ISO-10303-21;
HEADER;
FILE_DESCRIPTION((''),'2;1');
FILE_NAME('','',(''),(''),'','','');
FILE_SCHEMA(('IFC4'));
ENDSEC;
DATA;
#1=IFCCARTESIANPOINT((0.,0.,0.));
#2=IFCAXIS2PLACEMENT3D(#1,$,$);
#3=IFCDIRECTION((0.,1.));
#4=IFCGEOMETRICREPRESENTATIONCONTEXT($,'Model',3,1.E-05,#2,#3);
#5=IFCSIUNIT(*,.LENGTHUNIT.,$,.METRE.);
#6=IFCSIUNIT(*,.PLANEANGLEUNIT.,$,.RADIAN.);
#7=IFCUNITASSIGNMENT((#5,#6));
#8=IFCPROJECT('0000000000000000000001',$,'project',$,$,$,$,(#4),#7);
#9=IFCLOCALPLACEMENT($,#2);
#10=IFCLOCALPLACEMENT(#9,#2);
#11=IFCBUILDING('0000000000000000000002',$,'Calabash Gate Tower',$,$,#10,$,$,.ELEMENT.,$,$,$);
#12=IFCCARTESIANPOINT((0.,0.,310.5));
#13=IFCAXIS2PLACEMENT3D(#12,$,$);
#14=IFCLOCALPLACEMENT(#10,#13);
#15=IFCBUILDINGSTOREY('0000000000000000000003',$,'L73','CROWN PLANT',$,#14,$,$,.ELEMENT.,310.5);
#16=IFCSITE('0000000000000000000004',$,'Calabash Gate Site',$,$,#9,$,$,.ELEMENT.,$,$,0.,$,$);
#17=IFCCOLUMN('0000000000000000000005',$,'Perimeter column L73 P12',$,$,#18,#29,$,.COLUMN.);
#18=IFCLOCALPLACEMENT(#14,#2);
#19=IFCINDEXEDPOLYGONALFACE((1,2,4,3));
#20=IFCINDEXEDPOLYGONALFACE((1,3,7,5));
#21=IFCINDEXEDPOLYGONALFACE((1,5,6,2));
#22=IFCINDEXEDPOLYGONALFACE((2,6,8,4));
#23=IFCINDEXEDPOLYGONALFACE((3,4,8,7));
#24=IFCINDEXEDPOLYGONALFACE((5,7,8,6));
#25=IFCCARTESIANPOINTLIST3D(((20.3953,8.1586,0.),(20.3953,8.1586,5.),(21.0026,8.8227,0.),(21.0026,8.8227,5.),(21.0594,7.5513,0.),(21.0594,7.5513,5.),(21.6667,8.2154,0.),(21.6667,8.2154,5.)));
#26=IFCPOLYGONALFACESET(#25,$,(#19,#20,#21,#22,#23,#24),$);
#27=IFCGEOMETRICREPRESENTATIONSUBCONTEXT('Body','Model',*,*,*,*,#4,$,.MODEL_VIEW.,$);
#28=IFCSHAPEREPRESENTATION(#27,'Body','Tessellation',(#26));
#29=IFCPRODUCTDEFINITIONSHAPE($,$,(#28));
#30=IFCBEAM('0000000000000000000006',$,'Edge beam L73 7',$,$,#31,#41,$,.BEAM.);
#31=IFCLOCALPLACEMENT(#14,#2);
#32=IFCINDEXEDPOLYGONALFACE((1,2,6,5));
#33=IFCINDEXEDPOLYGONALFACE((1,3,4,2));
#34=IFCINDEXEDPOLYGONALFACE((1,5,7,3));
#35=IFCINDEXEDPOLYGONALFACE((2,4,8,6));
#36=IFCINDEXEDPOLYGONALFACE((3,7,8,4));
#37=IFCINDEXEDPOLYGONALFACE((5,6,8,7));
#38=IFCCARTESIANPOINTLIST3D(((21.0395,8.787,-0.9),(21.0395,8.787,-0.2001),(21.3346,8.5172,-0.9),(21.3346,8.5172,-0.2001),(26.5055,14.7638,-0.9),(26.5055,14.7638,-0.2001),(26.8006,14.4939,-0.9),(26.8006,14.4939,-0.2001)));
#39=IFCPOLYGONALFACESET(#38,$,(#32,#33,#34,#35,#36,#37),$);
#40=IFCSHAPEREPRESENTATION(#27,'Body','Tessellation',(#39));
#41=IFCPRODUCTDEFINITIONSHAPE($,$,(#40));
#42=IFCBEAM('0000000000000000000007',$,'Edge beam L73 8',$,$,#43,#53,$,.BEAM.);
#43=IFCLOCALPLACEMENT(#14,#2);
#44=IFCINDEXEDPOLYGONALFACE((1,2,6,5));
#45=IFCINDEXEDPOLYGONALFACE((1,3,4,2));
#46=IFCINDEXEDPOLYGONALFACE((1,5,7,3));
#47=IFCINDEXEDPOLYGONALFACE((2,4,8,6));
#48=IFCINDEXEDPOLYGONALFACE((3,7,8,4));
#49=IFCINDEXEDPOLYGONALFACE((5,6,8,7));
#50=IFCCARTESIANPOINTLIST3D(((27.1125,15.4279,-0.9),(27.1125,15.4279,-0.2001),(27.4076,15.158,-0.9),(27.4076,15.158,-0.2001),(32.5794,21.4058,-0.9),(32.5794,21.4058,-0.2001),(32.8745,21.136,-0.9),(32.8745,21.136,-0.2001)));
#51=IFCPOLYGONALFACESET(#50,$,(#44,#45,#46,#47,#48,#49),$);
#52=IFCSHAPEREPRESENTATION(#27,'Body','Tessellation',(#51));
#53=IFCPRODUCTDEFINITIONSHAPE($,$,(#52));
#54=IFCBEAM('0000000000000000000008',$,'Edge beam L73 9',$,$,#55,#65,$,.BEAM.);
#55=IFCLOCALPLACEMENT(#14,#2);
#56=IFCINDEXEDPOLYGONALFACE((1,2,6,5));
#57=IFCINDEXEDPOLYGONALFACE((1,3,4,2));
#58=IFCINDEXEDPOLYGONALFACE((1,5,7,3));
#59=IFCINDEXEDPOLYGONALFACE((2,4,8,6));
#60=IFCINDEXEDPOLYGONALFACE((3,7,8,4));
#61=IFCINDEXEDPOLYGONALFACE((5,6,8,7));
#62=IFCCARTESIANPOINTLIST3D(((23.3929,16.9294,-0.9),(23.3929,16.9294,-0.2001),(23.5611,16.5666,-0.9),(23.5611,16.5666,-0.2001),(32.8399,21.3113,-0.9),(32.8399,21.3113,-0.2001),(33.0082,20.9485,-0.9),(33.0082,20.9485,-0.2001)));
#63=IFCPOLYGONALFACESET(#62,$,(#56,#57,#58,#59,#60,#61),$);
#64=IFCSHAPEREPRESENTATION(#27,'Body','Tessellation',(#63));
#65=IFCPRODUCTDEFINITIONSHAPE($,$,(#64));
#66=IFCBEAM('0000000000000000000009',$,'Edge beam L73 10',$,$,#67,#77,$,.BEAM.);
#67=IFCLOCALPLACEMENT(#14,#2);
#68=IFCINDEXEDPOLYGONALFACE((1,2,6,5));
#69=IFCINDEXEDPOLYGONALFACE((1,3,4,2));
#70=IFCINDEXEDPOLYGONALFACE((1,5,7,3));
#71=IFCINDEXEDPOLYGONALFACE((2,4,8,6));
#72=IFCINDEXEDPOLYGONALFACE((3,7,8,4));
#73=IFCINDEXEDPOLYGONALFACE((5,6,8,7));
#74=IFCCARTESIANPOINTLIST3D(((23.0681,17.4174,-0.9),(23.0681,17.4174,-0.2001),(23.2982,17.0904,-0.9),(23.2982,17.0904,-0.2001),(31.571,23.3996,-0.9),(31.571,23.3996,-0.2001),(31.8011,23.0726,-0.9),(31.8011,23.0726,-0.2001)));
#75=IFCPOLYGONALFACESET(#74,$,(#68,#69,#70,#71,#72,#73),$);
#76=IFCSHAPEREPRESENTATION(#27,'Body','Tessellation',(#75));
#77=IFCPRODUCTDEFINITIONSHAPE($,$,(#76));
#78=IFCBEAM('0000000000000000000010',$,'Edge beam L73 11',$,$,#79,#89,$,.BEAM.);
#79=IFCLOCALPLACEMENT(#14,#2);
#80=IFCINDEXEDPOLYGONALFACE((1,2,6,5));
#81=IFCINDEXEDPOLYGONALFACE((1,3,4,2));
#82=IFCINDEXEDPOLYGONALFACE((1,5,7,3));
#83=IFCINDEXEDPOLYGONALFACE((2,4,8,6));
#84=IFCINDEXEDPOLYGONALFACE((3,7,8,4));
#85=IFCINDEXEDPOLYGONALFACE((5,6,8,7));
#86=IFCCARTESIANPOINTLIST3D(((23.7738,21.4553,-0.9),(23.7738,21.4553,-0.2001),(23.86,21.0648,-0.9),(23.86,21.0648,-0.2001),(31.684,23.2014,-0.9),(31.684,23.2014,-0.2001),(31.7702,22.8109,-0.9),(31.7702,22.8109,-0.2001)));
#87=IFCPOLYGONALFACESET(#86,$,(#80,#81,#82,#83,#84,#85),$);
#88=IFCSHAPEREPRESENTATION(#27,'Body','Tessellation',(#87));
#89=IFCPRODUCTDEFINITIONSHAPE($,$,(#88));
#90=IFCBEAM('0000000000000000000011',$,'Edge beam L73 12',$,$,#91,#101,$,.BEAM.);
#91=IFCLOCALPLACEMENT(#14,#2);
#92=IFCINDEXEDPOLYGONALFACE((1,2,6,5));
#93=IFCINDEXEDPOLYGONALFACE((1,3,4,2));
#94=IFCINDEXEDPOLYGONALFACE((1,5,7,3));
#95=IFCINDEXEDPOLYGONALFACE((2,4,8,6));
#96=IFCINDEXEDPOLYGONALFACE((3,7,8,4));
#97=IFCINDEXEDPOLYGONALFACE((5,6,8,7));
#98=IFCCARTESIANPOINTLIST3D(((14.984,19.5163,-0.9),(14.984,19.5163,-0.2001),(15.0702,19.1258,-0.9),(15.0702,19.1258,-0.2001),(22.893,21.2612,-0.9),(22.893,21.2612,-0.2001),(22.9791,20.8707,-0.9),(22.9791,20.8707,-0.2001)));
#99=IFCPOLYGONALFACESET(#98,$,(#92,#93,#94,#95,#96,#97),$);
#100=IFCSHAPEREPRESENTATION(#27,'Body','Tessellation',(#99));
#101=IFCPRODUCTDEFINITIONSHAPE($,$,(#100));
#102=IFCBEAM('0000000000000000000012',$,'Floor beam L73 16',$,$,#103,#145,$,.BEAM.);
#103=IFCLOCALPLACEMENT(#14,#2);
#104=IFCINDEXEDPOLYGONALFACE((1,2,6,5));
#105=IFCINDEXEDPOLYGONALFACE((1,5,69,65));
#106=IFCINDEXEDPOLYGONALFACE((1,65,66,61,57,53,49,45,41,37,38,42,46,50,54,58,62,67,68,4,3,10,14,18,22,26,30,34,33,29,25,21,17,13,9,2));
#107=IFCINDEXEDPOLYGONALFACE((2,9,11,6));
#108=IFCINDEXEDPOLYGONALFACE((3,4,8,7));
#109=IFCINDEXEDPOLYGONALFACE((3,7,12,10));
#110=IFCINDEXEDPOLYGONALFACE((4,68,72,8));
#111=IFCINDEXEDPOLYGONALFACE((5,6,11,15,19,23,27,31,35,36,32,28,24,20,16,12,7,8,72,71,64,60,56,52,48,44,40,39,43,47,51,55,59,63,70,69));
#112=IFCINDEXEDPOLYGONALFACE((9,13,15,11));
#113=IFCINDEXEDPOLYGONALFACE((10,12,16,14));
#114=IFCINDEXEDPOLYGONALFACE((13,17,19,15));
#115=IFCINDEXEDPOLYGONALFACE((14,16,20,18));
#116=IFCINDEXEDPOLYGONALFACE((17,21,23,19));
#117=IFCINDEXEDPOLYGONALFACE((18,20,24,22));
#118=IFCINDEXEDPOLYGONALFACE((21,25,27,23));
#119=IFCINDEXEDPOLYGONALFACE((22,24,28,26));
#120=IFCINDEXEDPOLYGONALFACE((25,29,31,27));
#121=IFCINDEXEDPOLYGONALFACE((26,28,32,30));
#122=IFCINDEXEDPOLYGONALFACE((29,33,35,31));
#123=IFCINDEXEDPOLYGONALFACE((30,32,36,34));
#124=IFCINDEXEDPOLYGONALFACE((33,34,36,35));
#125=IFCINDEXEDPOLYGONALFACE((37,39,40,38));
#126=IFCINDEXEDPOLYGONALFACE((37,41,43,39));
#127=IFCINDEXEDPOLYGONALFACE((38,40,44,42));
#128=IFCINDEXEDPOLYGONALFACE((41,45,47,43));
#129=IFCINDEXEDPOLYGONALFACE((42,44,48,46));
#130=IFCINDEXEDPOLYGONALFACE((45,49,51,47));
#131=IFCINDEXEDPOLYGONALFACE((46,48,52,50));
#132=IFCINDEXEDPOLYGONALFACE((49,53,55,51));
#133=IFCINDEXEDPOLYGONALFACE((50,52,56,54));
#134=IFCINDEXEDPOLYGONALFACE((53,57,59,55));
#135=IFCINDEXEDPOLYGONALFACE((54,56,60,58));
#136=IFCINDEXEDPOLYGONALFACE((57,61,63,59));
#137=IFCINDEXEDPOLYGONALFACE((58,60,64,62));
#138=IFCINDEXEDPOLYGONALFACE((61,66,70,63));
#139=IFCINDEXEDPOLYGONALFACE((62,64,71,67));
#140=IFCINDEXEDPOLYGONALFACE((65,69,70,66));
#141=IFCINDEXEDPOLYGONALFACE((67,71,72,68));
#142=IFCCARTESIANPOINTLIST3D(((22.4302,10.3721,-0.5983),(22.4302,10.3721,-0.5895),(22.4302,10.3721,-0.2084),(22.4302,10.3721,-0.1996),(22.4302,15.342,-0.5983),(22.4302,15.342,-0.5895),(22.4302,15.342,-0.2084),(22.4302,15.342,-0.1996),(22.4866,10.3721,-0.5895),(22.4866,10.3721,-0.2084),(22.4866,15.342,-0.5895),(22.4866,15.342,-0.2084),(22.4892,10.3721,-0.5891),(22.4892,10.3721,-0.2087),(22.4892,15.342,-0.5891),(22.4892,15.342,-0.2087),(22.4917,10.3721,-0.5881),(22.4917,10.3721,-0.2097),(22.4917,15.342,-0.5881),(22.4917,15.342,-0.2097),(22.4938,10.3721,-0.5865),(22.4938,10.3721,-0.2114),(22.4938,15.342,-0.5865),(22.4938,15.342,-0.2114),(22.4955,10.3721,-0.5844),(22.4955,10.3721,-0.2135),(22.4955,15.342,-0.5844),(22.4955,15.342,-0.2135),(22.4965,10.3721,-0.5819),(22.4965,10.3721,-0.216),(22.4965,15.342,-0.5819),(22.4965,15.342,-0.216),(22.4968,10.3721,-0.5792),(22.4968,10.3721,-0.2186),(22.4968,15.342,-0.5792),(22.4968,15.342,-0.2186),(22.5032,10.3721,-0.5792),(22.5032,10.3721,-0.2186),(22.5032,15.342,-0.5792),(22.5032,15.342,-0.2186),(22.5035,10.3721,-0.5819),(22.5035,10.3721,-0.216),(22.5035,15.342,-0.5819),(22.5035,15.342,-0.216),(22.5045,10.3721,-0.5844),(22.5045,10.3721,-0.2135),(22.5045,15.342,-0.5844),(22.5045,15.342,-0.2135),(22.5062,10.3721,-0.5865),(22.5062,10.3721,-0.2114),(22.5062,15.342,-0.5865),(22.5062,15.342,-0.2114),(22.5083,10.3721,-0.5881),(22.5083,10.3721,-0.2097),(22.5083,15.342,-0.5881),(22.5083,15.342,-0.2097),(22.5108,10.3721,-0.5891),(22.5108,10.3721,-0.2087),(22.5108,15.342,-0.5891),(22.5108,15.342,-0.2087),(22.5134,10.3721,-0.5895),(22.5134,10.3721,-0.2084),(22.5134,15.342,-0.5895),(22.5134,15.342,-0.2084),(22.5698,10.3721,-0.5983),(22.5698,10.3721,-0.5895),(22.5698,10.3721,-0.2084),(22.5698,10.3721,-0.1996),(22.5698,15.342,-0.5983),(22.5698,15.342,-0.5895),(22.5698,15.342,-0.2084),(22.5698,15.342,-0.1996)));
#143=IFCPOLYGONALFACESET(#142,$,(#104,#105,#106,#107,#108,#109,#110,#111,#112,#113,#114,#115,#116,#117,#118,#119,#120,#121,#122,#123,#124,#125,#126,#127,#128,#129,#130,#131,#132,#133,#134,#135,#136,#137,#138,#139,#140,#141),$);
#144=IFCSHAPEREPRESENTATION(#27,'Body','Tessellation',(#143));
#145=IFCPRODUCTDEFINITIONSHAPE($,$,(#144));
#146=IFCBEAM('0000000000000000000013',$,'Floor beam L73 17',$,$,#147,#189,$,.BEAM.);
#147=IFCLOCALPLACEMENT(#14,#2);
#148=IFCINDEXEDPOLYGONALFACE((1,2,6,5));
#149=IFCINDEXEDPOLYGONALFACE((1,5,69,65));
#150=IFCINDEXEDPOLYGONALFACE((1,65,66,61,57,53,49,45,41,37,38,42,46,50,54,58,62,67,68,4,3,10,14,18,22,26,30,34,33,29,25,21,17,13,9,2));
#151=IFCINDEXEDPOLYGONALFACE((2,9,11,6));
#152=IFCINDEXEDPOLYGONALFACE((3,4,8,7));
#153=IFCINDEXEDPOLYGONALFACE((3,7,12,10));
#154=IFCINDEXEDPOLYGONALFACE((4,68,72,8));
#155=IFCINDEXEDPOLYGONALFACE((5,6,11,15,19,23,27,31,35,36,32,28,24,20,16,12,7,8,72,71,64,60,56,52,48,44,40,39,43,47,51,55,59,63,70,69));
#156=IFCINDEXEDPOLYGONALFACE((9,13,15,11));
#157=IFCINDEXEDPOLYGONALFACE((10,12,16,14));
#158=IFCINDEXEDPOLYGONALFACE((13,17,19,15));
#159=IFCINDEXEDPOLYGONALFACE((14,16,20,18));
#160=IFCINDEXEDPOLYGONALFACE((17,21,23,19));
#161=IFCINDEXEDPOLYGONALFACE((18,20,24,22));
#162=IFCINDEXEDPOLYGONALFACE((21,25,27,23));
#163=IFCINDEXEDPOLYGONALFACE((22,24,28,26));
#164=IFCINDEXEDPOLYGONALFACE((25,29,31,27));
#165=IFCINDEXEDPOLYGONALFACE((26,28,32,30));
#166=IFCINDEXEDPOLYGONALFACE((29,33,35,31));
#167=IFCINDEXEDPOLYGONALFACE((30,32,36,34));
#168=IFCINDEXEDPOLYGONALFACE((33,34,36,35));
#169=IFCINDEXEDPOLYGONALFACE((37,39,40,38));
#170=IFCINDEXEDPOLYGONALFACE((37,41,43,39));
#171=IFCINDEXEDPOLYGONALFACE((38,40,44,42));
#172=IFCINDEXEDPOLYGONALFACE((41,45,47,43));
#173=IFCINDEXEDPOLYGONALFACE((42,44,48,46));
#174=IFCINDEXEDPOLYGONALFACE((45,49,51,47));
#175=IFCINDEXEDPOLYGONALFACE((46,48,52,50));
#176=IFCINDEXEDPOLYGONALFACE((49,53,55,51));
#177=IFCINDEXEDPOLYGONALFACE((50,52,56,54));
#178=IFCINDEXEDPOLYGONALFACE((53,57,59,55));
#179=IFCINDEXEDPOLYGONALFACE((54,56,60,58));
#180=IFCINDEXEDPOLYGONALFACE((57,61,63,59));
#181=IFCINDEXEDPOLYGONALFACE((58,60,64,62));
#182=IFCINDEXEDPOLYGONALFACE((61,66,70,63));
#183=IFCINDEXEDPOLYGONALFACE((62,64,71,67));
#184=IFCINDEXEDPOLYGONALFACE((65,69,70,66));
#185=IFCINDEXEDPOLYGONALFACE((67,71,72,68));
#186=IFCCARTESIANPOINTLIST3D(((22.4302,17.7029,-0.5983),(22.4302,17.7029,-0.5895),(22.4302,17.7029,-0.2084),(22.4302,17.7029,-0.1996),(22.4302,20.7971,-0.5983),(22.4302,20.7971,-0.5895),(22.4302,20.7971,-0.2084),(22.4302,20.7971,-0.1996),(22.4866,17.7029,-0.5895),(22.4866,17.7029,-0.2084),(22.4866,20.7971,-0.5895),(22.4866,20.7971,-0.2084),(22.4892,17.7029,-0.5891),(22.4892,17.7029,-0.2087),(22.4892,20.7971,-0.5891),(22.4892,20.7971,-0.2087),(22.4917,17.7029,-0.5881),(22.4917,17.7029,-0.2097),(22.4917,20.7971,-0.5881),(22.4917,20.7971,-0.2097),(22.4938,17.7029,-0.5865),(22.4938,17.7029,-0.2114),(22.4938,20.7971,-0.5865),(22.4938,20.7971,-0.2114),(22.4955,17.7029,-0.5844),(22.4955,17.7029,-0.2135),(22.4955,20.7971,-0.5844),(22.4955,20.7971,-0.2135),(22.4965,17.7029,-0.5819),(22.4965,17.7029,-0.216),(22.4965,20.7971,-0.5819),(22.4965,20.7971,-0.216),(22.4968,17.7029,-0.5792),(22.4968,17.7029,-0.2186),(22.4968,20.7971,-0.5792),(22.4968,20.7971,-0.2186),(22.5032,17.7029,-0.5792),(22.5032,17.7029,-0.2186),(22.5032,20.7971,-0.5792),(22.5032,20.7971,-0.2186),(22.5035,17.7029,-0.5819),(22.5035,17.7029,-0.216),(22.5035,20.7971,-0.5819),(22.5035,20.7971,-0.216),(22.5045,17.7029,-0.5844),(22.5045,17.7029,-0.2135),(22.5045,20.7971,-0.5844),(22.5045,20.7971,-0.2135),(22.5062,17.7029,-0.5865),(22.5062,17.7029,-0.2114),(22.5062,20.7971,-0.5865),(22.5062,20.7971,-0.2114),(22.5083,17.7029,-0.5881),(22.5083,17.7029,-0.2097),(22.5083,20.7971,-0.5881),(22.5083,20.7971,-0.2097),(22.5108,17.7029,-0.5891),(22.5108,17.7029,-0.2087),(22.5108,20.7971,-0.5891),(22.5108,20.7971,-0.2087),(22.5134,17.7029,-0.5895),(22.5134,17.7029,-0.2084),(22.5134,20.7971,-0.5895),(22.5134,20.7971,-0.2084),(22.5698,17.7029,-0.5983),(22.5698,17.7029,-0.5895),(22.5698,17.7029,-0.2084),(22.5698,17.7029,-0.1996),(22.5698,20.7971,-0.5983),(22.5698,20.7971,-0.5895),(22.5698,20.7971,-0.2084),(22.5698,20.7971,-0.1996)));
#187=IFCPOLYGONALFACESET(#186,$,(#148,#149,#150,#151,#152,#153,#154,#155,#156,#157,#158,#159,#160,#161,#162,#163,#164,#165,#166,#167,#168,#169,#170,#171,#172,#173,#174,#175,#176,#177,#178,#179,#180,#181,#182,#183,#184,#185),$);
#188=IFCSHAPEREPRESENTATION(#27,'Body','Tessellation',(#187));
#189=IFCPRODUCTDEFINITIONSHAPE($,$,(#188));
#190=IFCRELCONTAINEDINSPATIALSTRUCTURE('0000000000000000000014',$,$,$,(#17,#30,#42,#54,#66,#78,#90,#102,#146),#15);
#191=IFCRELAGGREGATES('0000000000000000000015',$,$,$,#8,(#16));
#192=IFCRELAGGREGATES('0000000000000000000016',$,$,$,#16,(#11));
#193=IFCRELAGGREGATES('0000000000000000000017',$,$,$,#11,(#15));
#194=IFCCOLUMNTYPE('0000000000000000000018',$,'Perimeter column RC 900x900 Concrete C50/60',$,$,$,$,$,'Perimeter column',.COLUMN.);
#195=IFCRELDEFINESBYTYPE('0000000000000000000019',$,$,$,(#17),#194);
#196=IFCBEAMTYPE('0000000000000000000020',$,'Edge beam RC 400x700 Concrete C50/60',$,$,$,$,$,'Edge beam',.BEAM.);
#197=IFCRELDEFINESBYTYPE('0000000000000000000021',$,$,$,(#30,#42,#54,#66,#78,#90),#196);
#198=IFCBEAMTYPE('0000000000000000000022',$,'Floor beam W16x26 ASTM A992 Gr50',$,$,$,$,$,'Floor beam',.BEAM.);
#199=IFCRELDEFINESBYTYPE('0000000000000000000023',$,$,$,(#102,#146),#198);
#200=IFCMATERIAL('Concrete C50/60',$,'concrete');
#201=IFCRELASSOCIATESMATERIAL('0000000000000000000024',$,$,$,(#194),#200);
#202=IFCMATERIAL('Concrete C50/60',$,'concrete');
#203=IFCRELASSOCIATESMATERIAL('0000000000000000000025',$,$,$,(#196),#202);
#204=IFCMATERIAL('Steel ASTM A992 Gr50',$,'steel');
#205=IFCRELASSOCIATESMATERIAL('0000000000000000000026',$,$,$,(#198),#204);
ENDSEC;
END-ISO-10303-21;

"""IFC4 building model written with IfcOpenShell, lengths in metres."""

from ifc_helpers import new_model, si_unit, direction, frame, origin, origin_2d, place, context, subcontext, project, spatial, rectangle, i_section, extrude, material, material_profile, profile_set, type_object, element, save


model = new_model("IFC4")

# Units and contexts
model_context = context("Model", 3, precision=1e-05, world=origin(), true_north=direction((0.0, 1.0)))
body_context = subcontext(model_context, "Body", "Model", "MODEL_VIEW")
ifc_project = project(units=[si_unit("LENGTHUNIT", "METRE"), si_unit("PLANEANGLEUNIT", "RADIAN")], contexts=[model_context])

# Site, building, storey
site_placement = place(None, origin())
site = spatial("IfcSite", under=ifc_project, at=site_placement, Name="Calabash Gate Site", CompositionType="ELEMENT", RefElevation=0.0)
building_placement = place(site_placement, origin())
building = spatial("IfcBuilding", under=site, at=building_placement, Name="Calabash Gate Tower", CompositionType="ELEMENT")
storey_placement = place(building_placement, frame((0.0, 0.0, 310.5)))
storey = spatial("IfcBuildingStorey", under=building, at=storey_placement, Name="L73", Description="CROWN PLANT", CompositionType="ELEMENT", Elevation=310.5)

# Column
ifc_material_1 = material(Name="Concrete C50/60", Category="concrete")
ifc_material_profile_1 = material_profile(ifc_material_1, rectangle(XDim=0.8999, YDim=0.8999, at=origin_2d()))
ifc_profile_set_1 = profile_set([ifc_material_profile_1], Name="Concrete C50/60")
column_type = type_object("IfcColumnType", Name="Perimeter column RC 900x900 Concrete C50/60", ElementType="Perimeter column", PredefinedType="COLUMN", material=ifc_profile_set_1)
column_placement = place(storey_placement, frame((21.031, 8.187, 0.0), z_axis=(0.0, 0.0, 1.0), x_axis=(0.674856, 0.737949, 0.0)))
element("IfcColumn", 1, at=column_placement, inside=storey, type_object=column_type, Name="Perimeter column L73 P12", PredefinedType="COLUMN", context=body_context, shape_type="SweptSolid", body=[
    extrude(rectangle(XDim=0.8999, YDim=0.8999, at=origin_2d()), origin(), (0.0, 0.0, 1.0), 5.0),
])

# Beams
ifc_material_2 = material(Name="Concrete C50/60", Category="concrete")
ifc_material_profile_2 = material_profile(ifc_material_2, rectangle(XDim=0.3999, YDim=0.7, at=origin_2d()))
ifc_profile_set_2 = profile_set([ifc_material_profile_2], Name="Concrete C50/60")
beam_type_1 = type_object("IfcBeamType", Name="Edge beam RC 400x700 Concrete C50/60", ElementType="Edge beam", PredefinedType="BEAM", material=ifc_profile_set_2)
beam_1_placement = place(storey_placement, frame((21.187, 8.6521, -0.55), z_axis=(0.674874, 0.737933, 0.0), x_axis=(-0.737933, 0.674874, 0.0)))
element("IfcBeam", 2, at=beam_1_placement, inside=storey, type_object=beam_type_1, Name="Edge beam L73 7", PredefinedType="BEAM", context=body_context, shape_type="SweptSolid", body=[
    extrude(rectangle(XDim=0.3999, YDim=0.7, at=origin_2d()), origin(), (0.0, 0.0, 1.0), 8.0994),
])
beam_2_placement = place(storey_placement, frame((27.26, 15.293, -0.55), z_axis=(0.674864, 0.737942, 0.0), x_axis=(-0.737942, 0.674864, 0.0)))
element("IfcBeam", 3, at=beam_2_placement, inside=storey, type_object=beam_type_1, Name="Edge beam L73 8", PredefinedType="BEAM", context=body_context, shape_type="SweptSolid", body=[
    extrude(rectangle(XDim=0.3999, YDim=0.7, at=origin_2d()), origin(), (0.0, 0.0, 1.0), 8.1008),
])
beam_3_placement = place(storey_placement, frame((32.9241, 21.1299, -0.55), z_axis=(-0.907166, -0.420773, 0.0), x_axis=(0.420773, -0.907166, 0.0)))
element("IfcBeam", 4, at=beam_3_placement, inside=storey, type_object=beam_type_1, Name="Edge beam L73 9", PredefinedType="BEAM", context=body_context, shape_type="SweptSolid", body=[
    extrude(rectangle(XDim=0.3999, YDim=0.7, at=origin_2d()), origin(), (0.0, 0.0, 1.0), 10.4138),
])
beam_4_placement = place(storey_placement, frame((23.1831, 17.2539, -0.55), z_axis=(0.817868, 0.575406, 0.0), x_axis=(-0.575406, 0.817868, 0.0)))
element("IfcBeam", 5, at=beam_4_placement, inside=storey, type_object=beam_type_1, Name="Edge beam L73 10", PredefinedType="BEAM", context=body_context, shape_type="SweptSolid", body=[
    extrude(rectangle(XDim=0.3999, YDim=0.7, at=origin_2d()), origin(), (0.0, 0.0, 1.0), 10.3965),
])
beam_5_placement = place(storey_placement, frame((31.7271, 23.0061, -0.55), z_axis=(-0.976492, -0.215552, 0.0), x_axis=(0.215552, -0.976492, 0.0)))
element("IfcBeam", 6, at=beam_5_placement, inside=storey, type_object=beam_type_1, Name="Edge beam L73 11", PredefinedType="BEAM", context=body_context, shape_type="SweptSolid", body=[
    extrude(rectangle(XDim=0.3999, YDim=0.7, at=origin_2d()), origin(), (0.0, 0.0, 1.0), 8.1006),
])
beam_6_placement = place(storey_placement, frame((22.936, 21.0659, -0.55), z_axis=(-0.976517, -0.21544, 0.0), x_axis=(0.21544, -0.976517, 0.0)))
element("IfcBeam", 7, at=beam_6_placement, inside=storey, type_object=beam_type_1, Name="Edge beam L73 12", PredefinedType="BEAM", context=body_context, shape_type="SweptSolid", body=[
    extrude(rectangle(XDim=0.3999, YDim=0.7, at=origin_2d()), origin(), (0.0, 0.0, 1.0), 8.0991),
])
ifc_material_3 = material(Name="Steel ASTM A992 Gr50", Category="steel")
ifc_material_profile_3 = material_profile(ifc_material_3, i_section(OverallWidth=0.1396, OverallDepth=0.3987, WebThickness=0.0063, FlangeThickness=0.0088, FilletRadius=0.0103, at=origin_2d()))
ifc_profile_set_3 = profile_set([ifc_material_profile_3], Name="Steel ASTM A992 Gr50")
beam_type_2 = type_object("IfcBeamType", Name="Floor beam W16x26 ASTM A992 Gr50", ElementType="Floor beam", PredefinedType="BEAM", material=ifc_profile_set_3)
beam_7_placement = place(storey_placement, frame((22.5, 10.3721, -0.3989), z_axis=(0.0, 1.0, 0.0), x_axis=(-1.0, 0.0, 0.0)))
element("IfcBeam", 8, at=beam_7_placement, inside=storey, type_object=beam_type_2, Name="Floor beam L73 16", PredefinedType="BEAM", context=body_context, shape_type="SweptSolid", body=[
    extrude(i_section(OverallWidth=0.1396, OverallDepth=0.3987, WebThickness=0.0063, FlangeThickness=0.0088, FilletRadius=0.0103, at=origin_2d()), origin(), (0.0, 0.0, 1.0), 4.97),
])
beam_8_placement = place(storey_placement, frame((22.5, 17.7029, -0.3989), z_axis=(0.0, 1.0, 0.0), x_axis=(-1.0, 0.0, 0.0)))
element("IfcBeam", 9, at=beam_8_placement, inside=storey, type_object=beam_type_2, Name="Floor beam L73 17", PredefinedType="BEAM", context=body_context, shape_type="SweptSolid", body=[
    extrude(i_section(OverallWidth=0.1396, OverallDepth=0.3987, WebThickness=0.0063, FlangeThickness=0.0088, FilletRadius=0.0103, at=origin_2d()), origin(), (0.0, 0.0, 1.0), 3.0942),
])

save(model, "model.ifc")
